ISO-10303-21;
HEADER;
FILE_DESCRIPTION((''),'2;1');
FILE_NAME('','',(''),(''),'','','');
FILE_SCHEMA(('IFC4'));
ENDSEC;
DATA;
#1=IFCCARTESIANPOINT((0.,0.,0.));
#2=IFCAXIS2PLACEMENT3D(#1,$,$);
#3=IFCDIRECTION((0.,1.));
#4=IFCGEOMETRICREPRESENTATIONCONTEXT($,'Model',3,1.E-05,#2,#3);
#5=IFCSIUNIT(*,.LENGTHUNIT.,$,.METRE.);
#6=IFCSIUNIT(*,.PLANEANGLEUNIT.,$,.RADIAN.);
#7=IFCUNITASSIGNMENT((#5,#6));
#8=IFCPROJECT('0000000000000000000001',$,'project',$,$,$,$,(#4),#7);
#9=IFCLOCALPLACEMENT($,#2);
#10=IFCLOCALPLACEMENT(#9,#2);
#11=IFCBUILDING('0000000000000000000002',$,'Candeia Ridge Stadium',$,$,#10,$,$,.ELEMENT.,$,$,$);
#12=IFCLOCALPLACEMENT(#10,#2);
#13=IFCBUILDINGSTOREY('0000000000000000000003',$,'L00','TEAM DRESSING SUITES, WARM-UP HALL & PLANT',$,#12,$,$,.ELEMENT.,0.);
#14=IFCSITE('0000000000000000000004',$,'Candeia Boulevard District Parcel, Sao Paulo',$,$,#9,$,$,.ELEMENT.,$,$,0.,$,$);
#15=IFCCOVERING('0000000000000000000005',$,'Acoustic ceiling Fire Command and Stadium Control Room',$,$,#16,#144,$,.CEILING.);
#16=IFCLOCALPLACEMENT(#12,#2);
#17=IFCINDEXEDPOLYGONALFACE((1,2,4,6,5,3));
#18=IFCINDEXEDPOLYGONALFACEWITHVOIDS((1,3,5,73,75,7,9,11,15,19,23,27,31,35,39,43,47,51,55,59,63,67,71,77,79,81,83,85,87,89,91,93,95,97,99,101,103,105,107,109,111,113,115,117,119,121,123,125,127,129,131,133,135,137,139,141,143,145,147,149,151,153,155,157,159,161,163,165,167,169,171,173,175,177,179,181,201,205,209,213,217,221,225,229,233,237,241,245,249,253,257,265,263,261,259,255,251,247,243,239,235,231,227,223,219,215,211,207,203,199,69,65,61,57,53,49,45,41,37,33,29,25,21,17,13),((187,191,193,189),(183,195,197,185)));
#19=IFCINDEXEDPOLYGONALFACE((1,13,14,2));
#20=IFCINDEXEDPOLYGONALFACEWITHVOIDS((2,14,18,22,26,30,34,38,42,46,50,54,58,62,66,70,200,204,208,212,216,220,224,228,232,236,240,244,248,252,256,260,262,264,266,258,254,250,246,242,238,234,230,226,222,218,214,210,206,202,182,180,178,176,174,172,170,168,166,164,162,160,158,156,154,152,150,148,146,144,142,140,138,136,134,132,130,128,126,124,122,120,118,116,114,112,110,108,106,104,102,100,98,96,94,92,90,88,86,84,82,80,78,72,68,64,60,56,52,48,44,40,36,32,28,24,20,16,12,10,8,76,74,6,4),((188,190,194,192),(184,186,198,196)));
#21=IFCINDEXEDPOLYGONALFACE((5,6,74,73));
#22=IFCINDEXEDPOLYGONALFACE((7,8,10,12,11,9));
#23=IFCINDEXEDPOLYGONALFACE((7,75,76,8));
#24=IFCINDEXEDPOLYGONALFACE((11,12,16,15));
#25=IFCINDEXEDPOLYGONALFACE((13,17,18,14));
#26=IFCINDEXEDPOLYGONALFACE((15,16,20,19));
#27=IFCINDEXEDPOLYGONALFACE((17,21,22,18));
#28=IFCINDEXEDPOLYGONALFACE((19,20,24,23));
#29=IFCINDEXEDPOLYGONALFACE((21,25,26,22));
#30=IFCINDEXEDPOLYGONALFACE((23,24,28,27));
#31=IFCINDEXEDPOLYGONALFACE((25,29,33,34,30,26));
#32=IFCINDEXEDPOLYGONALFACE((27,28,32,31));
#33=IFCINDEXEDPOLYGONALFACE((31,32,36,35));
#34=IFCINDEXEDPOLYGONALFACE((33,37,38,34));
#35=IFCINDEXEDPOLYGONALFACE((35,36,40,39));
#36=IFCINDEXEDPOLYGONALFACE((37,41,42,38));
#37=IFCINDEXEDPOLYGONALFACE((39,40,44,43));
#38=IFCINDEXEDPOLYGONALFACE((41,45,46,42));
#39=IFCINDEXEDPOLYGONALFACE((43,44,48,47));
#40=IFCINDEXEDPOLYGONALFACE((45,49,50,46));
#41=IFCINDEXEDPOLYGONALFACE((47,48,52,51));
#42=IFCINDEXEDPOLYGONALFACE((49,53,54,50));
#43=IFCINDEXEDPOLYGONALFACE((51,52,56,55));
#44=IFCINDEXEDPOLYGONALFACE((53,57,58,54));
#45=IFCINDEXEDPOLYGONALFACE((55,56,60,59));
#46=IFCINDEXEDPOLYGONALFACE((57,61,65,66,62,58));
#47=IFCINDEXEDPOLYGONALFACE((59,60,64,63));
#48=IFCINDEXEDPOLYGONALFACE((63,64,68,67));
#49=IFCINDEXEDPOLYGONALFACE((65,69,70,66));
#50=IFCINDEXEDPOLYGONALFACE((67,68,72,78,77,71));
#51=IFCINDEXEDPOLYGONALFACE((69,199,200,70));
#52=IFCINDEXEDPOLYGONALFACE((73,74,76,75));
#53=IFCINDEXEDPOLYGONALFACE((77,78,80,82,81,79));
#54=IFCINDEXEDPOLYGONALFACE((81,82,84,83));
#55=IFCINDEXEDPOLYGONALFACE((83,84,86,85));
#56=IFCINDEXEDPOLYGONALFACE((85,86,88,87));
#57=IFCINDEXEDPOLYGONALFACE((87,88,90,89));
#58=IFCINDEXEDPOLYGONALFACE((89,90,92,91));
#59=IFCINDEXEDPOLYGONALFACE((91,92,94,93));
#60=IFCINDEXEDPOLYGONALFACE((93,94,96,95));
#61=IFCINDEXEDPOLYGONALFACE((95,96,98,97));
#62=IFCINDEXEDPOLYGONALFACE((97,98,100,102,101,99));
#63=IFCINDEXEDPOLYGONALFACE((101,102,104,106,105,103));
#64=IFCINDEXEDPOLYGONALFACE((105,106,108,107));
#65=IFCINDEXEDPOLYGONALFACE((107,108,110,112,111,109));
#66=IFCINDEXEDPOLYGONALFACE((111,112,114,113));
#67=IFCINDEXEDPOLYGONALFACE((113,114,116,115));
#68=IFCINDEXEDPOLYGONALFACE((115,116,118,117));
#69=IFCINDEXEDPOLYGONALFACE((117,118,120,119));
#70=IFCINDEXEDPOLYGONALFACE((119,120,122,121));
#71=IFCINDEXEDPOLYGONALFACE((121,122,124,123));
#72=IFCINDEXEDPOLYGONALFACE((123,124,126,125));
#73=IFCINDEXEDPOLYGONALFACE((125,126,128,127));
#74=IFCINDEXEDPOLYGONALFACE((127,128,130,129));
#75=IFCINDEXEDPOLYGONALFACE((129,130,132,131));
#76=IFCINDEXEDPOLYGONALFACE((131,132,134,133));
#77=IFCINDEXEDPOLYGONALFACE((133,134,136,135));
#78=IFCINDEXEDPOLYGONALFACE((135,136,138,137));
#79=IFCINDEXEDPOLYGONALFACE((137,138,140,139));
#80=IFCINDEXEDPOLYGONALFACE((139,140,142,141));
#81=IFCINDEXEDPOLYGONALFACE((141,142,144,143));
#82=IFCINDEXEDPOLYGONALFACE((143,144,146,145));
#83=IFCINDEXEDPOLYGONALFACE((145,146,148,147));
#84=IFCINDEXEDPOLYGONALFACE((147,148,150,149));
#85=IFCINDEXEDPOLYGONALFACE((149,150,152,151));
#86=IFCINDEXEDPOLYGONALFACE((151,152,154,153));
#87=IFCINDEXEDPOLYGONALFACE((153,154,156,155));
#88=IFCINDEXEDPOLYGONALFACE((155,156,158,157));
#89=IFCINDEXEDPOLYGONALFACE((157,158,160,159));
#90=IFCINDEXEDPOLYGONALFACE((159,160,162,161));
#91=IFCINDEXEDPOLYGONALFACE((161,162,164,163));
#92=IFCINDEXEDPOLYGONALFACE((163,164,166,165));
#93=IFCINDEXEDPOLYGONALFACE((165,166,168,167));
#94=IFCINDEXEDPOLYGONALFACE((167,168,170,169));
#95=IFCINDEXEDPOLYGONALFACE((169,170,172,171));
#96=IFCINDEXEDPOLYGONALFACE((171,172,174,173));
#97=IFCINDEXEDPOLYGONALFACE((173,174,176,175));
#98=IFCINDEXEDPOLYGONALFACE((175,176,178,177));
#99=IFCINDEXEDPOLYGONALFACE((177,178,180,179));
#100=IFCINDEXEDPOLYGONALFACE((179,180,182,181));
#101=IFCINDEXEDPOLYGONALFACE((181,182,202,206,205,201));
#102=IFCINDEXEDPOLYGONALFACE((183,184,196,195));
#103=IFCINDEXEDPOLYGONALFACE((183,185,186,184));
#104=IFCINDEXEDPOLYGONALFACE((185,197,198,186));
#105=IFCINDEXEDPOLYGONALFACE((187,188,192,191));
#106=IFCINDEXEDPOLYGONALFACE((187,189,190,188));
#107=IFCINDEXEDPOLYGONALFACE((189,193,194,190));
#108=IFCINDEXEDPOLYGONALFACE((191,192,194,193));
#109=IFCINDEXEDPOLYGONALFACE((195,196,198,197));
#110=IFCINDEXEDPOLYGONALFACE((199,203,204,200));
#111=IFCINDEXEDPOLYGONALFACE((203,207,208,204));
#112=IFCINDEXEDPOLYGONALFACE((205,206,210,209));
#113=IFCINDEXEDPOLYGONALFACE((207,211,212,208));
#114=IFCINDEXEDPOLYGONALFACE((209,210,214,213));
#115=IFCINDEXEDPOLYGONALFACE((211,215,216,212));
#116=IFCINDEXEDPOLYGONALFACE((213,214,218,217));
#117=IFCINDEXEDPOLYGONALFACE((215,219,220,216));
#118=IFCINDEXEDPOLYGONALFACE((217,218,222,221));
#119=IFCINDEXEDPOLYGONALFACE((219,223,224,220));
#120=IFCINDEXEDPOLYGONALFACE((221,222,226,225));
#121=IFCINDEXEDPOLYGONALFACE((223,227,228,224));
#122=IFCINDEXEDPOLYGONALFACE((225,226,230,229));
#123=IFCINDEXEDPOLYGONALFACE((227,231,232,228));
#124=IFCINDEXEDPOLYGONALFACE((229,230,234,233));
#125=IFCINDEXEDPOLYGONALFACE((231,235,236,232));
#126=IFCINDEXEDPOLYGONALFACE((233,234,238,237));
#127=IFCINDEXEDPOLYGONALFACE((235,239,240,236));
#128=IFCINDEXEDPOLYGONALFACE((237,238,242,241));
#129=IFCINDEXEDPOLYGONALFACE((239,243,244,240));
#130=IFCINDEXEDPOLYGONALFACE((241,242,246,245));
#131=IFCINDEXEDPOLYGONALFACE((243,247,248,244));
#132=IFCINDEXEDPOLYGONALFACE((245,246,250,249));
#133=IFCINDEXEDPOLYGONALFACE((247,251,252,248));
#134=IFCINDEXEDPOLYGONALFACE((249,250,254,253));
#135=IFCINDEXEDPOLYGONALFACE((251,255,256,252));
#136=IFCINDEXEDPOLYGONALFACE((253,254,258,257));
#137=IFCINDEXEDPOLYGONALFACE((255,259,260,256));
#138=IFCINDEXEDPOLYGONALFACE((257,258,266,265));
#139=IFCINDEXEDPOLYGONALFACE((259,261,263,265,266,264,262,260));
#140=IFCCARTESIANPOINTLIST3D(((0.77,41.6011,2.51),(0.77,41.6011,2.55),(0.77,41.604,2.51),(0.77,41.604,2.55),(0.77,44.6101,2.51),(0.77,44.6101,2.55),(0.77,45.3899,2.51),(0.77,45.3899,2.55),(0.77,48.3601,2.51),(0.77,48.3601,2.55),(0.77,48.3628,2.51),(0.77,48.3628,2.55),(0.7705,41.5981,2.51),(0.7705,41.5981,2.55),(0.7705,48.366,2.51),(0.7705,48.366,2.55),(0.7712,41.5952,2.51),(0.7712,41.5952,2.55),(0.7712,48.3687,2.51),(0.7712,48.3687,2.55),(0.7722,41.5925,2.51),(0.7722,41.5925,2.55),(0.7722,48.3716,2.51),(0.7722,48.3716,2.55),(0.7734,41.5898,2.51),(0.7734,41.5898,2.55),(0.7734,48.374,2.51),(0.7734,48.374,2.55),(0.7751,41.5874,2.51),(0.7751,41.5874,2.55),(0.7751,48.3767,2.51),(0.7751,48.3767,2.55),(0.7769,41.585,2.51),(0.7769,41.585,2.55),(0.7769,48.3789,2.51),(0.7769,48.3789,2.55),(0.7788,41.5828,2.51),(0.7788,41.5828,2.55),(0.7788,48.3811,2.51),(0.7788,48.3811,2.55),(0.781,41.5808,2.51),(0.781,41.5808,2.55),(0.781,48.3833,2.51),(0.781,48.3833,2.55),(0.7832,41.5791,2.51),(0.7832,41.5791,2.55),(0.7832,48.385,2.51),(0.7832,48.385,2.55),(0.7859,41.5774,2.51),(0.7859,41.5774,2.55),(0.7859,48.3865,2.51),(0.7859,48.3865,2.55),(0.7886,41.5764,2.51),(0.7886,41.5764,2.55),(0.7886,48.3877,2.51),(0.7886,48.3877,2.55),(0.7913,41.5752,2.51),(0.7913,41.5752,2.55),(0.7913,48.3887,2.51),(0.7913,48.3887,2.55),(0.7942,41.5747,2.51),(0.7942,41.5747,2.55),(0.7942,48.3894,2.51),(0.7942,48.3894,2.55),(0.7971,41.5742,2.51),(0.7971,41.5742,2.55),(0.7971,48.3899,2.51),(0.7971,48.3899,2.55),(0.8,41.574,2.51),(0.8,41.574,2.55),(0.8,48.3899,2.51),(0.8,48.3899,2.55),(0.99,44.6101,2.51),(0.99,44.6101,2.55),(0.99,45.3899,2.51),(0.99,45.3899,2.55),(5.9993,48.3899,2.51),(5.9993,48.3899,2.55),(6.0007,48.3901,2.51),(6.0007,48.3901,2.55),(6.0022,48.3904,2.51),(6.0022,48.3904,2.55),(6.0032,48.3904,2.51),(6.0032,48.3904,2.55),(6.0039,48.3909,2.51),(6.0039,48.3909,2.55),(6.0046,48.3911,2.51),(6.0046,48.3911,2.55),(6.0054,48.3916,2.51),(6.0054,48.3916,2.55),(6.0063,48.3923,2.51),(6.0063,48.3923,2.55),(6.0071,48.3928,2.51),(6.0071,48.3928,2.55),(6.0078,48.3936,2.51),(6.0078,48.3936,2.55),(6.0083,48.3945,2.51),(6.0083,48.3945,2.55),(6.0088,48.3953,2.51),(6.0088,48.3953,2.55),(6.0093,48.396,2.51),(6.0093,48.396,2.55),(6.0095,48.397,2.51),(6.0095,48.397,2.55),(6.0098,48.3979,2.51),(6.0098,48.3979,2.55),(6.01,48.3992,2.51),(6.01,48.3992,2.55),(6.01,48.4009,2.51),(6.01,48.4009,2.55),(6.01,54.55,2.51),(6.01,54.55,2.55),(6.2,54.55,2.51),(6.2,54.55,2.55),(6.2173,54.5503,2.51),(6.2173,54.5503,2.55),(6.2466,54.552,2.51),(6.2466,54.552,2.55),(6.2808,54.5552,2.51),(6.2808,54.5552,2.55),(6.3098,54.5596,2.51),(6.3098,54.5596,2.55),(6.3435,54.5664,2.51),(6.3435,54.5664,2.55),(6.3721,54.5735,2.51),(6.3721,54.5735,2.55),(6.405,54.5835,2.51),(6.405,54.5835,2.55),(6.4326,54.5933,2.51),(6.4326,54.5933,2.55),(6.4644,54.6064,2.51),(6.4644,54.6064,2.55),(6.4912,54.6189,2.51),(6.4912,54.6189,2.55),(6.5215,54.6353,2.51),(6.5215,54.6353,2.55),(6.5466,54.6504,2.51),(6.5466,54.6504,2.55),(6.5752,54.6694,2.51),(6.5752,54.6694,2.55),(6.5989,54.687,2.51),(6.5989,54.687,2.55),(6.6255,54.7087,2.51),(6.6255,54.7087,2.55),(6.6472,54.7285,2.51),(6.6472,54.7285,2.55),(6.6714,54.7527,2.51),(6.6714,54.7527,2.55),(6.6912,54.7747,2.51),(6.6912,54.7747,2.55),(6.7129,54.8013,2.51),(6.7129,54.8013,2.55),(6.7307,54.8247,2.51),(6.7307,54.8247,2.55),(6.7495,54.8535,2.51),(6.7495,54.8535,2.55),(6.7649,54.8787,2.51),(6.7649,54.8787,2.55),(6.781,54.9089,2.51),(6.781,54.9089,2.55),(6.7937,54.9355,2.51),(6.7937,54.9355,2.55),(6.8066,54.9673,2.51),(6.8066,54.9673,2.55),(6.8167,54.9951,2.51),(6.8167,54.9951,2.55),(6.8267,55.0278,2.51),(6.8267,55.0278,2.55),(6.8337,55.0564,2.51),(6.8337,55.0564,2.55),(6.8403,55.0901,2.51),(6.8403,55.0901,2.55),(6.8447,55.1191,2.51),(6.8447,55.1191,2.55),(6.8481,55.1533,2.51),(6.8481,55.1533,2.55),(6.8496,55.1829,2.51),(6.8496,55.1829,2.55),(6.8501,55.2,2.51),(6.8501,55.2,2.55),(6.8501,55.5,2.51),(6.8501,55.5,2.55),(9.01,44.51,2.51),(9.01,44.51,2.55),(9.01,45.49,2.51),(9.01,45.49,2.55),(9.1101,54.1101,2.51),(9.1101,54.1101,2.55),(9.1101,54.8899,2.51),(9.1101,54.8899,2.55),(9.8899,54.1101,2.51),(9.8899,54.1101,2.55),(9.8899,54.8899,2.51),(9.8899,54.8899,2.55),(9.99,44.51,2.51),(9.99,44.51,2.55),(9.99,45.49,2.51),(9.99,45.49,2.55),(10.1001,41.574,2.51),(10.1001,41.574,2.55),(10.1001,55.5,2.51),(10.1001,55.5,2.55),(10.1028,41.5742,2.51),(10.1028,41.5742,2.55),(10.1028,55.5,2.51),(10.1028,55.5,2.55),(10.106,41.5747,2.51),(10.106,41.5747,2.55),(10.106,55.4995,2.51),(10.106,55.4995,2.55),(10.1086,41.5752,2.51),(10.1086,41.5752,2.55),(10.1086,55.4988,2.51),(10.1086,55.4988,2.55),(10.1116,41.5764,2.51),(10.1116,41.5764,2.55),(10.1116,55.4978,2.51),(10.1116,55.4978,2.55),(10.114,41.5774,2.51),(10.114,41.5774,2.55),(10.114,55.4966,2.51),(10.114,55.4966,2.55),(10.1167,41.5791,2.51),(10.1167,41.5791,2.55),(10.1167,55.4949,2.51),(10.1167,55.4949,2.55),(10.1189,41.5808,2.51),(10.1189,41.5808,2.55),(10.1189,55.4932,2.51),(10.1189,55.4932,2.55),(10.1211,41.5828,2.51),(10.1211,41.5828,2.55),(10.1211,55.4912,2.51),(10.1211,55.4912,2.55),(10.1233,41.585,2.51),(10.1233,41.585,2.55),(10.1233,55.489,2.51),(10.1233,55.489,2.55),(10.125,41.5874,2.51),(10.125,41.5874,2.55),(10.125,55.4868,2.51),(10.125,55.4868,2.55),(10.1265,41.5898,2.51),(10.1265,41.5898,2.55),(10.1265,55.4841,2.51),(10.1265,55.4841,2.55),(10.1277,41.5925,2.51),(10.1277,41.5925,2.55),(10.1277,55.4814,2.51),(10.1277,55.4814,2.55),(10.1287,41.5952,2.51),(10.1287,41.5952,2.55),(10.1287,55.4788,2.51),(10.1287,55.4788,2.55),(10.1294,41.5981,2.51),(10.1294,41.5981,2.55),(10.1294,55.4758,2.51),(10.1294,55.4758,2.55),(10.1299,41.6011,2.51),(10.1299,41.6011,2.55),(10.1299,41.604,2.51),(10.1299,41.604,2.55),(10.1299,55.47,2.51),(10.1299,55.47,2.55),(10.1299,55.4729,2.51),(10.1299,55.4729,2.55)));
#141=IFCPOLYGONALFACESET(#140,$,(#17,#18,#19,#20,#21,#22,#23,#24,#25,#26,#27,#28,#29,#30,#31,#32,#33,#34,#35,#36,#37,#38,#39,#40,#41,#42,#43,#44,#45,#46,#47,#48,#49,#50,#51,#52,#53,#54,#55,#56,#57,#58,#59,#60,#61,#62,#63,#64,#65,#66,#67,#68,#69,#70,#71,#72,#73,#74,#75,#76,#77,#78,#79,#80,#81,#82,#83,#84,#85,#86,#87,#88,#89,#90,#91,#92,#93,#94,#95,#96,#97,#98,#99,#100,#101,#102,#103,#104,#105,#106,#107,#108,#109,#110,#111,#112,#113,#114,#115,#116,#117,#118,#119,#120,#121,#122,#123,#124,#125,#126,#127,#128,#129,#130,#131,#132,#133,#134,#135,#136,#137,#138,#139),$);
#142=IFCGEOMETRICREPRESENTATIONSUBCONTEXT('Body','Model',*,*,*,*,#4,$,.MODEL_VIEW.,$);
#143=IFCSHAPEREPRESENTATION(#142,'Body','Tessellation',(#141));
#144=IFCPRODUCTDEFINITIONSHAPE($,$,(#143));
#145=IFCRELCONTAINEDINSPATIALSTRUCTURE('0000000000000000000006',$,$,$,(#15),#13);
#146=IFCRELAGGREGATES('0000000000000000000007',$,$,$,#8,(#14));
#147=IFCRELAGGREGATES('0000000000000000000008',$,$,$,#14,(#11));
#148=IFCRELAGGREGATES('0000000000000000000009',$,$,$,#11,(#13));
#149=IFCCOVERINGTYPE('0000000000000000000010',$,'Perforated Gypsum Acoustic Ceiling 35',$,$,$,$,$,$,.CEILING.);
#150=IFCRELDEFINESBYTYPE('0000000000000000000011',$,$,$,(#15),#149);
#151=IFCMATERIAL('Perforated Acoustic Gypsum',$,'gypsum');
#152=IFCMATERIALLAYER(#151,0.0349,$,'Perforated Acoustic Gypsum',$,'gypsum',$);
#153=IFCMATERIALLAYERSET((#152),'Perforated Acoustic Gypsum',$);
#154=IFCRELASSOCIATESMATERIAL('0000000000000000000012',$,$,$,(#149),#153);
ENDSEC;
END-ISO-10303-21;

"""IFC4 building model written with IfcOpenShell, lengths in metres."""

from ifc_helpers import new_model, si_unit, direction, frame, origin, place, context, subcontext, project, spatial, polyline, outline, extrude, material, layer, layer_set, type_object, element, save


model = new_model("IFC4")

# Units and contexts
model_context = context("Model", 3, precision=1e-05, world=origin(), true_north=direction((0.0, 1.0)))
body_context = subcontext(model_context, "Body", "Model", "MODEL_VIEW")
ifc_project = project(units=[si_unit("LENGTHUNIT", "METRE"), si_unit("PLANEANGLEUNIT", "RADIAN")], contexts=[model_context])

# Site, building, storey
site_placement = place(None, origin())
site = spatial("IfcSite", under=ifc_project, at=site_placement, Name="Candeia Boulevard District Parcel, Sao Paulo", CompositionType="ELEMENT", RefElevation=0.0)
building_placement = place(site_placement, origin())
building = spatial("IfcBuilding", under=site, at=building_placement, Name="Candeia Ridge Stadium", CompositionType="ELEMENT")
storey_placement = place(building_placement, origin())
storey = spatial("IfcBuildingStorey", under=building, at=storey_placement, Name="L00", Description="TEAM DRESSING SUITES, WARM-UP HALL & PLANT", CompositionType="ELEMENT", Elevation=0.0)

# Covering
ifc_material_1 = material(Name="Perforated Acoustic Gypsum", Category="gypsum")
ifc_layer_1 = layer(ifc_material_1, 0.0349, Name="Perforated Acoustic Gypsum", Category="gypsum")
ifc_layer_set_1 = layer_set([ifc_layer_1], Name="Perforated Acoustic Gypsum")
covering_type_1 = type_object("IfcCoveringType", Name="Perforated Gypsum Acoustic Ceiling 35", PredefinedType="CEILING", material=ifc_layer_set_1)
covering_1_placement = place(storey_placement, frame((0.0, 0.0, 2.51)))
element("IfcCovering", 1, at=covering_1_placement, inside=storey, type_object=covering_type_1, Name="Acoustic ceiling Fire Command and Stadium Control Room", PredefinedType="CEILING", context=body_context, shape_type="SweptSolid", body=[
    extrude(outline(polyline([(10.106, 55.4995), (10.1086, 55.4988), (10.1116, 55.4978), (10.114, 55.4966), (10.1167, 55.4949), (10.1189, 55.4932), (10.1211, 55.4912), (10.1233, 55.489), (10.125, 55.4868), (10.1265, 55.4841), (10.1277, 55.4814), (10.1287, 55.4788), (10.1294, 55.4758), (10.1299, 55.4729), (10.1299, 55.47), (10.1299, 41.604), (10.1299, 41.6011), (10.1294, 41.5981), (10.1287, 41.5952), (10.1277, 41.5925), (10.1265, 41.5898), (10.125, 41.5874), (10.1233, 41.585), (10.1211, 41.5828), (10.1189, 41.5808), (10.1167, 41.5791), (10.114, 41.5774), (10.1116, 41.5764), (10.1086, 41.5752), (10.106, 41.5747), (10.1028, 41.5742), (10.1001, 41.574), (0.8, 41.574), (0.7971, 41.5742), (0.7942, 41.5747), (0.7913, 41.5752), (0.7886, 41.5764), (0.7859, 41.5774), (0.7832, 41.5791), (0.781, 41.5808), (0.7788, 41.5828), (0.7769, 41.585), (0.7751, 41.5874), (0.7734, 41.5898), (0.7722, 41.5925), (0.7712, 41.5952), (0.7705, 41.5981), (0.77, 41.6011), (0.77, 41.604), (0.77, 44.6101), (0.99, 44.6101), (0.99, 45.3899), (0.77, 45.3899), (0.77, 48.3601), (0.77, 48.3628), (0.7705, 48.366), (0.7712, 48.3687), (0.7722, 48.3716), (0.7734, 48.374), (0.7751, 48.3767), (0.7769, 48.3789), (0.7788, 48.3811), (0.781, 48.3833), (0.7832, 48.385), (0.7859, 48.3865), (0.7886, 48.3877), (0.7913, 48.3887), (0.7942, 48.3894), (0.7971, 48.3899), (0.8, 48.3899), (5.9993, 48.3899), (6.0007, 48.3901), (6.0022, 48.3904), (6.0032, 48.3904), (6.0039, 48.3909), (6.0046, 48.3911), (6.0054, 48.3916), (6.0063, 48.3923), (6.0071, 48.3928), (6.0078, 48.3936), (6.0083, 48.3945), (6.0088, 48.3953), (6.0093, 48.396), (6.0095, 48.397), (6.0098, 48.3979), (6.01, 48.3992), (6.01, 48.4009), (6.01, 54.55), (6.2, 54.55), (6.2173, 54.5503), (6.2466, 54.552), (6.2808, 54.5552), (6.3098, 54.5596), (6.3435, 54.5664), (6.3721, 54.5735), (6.405, 54.5835), (6.4326, 54.5933), (6.4644, 54.6064), (6.4912, 54.6189), (6.5215, 54.6353), (6.5466, 54.6504), (6.5752, 54.6694), (6.5989, 54.687), (6.6255, 54.7087), (6.6472, 54.7285), (6.6714, 54.7527), (6.6912, 54.7747), (6.7129, 54.8013), (6.7307, 54.8247), (6.7495, 54.8535), (6.7649, 54.8787), (6.781, 54.9089), (6.7937, 54.9355), (6.8066, 54.9673), (6.8167, 54.9951), (6.8267, 55.0278), (6.8337, 55.0564), (6.8403, 55.0901), (6.8447, 55.1191), (6.8481, 55.1533), (6.8496, 55.1829), (6.8501, 55.2), (6.8501, 55.5), (10.1001, 55.5), (10.1028, 55.5), (10.106, 55.4995)]), holes=[polyline([(9.99, 45.49), (9.01, 45.49), (9.01, 44.51), (9.99, 44.51), (9.99, 45.49)]), polyline([(9.1101, 54.8899), (9.1101, 54.1101), (9.8899, 54.1101), (9.8899, 54.8899), (9.1101, 54.8899)])]), origin(), (0.0, 0.0, 1.0), 0.04),
])

save(model, "model.ifc")
